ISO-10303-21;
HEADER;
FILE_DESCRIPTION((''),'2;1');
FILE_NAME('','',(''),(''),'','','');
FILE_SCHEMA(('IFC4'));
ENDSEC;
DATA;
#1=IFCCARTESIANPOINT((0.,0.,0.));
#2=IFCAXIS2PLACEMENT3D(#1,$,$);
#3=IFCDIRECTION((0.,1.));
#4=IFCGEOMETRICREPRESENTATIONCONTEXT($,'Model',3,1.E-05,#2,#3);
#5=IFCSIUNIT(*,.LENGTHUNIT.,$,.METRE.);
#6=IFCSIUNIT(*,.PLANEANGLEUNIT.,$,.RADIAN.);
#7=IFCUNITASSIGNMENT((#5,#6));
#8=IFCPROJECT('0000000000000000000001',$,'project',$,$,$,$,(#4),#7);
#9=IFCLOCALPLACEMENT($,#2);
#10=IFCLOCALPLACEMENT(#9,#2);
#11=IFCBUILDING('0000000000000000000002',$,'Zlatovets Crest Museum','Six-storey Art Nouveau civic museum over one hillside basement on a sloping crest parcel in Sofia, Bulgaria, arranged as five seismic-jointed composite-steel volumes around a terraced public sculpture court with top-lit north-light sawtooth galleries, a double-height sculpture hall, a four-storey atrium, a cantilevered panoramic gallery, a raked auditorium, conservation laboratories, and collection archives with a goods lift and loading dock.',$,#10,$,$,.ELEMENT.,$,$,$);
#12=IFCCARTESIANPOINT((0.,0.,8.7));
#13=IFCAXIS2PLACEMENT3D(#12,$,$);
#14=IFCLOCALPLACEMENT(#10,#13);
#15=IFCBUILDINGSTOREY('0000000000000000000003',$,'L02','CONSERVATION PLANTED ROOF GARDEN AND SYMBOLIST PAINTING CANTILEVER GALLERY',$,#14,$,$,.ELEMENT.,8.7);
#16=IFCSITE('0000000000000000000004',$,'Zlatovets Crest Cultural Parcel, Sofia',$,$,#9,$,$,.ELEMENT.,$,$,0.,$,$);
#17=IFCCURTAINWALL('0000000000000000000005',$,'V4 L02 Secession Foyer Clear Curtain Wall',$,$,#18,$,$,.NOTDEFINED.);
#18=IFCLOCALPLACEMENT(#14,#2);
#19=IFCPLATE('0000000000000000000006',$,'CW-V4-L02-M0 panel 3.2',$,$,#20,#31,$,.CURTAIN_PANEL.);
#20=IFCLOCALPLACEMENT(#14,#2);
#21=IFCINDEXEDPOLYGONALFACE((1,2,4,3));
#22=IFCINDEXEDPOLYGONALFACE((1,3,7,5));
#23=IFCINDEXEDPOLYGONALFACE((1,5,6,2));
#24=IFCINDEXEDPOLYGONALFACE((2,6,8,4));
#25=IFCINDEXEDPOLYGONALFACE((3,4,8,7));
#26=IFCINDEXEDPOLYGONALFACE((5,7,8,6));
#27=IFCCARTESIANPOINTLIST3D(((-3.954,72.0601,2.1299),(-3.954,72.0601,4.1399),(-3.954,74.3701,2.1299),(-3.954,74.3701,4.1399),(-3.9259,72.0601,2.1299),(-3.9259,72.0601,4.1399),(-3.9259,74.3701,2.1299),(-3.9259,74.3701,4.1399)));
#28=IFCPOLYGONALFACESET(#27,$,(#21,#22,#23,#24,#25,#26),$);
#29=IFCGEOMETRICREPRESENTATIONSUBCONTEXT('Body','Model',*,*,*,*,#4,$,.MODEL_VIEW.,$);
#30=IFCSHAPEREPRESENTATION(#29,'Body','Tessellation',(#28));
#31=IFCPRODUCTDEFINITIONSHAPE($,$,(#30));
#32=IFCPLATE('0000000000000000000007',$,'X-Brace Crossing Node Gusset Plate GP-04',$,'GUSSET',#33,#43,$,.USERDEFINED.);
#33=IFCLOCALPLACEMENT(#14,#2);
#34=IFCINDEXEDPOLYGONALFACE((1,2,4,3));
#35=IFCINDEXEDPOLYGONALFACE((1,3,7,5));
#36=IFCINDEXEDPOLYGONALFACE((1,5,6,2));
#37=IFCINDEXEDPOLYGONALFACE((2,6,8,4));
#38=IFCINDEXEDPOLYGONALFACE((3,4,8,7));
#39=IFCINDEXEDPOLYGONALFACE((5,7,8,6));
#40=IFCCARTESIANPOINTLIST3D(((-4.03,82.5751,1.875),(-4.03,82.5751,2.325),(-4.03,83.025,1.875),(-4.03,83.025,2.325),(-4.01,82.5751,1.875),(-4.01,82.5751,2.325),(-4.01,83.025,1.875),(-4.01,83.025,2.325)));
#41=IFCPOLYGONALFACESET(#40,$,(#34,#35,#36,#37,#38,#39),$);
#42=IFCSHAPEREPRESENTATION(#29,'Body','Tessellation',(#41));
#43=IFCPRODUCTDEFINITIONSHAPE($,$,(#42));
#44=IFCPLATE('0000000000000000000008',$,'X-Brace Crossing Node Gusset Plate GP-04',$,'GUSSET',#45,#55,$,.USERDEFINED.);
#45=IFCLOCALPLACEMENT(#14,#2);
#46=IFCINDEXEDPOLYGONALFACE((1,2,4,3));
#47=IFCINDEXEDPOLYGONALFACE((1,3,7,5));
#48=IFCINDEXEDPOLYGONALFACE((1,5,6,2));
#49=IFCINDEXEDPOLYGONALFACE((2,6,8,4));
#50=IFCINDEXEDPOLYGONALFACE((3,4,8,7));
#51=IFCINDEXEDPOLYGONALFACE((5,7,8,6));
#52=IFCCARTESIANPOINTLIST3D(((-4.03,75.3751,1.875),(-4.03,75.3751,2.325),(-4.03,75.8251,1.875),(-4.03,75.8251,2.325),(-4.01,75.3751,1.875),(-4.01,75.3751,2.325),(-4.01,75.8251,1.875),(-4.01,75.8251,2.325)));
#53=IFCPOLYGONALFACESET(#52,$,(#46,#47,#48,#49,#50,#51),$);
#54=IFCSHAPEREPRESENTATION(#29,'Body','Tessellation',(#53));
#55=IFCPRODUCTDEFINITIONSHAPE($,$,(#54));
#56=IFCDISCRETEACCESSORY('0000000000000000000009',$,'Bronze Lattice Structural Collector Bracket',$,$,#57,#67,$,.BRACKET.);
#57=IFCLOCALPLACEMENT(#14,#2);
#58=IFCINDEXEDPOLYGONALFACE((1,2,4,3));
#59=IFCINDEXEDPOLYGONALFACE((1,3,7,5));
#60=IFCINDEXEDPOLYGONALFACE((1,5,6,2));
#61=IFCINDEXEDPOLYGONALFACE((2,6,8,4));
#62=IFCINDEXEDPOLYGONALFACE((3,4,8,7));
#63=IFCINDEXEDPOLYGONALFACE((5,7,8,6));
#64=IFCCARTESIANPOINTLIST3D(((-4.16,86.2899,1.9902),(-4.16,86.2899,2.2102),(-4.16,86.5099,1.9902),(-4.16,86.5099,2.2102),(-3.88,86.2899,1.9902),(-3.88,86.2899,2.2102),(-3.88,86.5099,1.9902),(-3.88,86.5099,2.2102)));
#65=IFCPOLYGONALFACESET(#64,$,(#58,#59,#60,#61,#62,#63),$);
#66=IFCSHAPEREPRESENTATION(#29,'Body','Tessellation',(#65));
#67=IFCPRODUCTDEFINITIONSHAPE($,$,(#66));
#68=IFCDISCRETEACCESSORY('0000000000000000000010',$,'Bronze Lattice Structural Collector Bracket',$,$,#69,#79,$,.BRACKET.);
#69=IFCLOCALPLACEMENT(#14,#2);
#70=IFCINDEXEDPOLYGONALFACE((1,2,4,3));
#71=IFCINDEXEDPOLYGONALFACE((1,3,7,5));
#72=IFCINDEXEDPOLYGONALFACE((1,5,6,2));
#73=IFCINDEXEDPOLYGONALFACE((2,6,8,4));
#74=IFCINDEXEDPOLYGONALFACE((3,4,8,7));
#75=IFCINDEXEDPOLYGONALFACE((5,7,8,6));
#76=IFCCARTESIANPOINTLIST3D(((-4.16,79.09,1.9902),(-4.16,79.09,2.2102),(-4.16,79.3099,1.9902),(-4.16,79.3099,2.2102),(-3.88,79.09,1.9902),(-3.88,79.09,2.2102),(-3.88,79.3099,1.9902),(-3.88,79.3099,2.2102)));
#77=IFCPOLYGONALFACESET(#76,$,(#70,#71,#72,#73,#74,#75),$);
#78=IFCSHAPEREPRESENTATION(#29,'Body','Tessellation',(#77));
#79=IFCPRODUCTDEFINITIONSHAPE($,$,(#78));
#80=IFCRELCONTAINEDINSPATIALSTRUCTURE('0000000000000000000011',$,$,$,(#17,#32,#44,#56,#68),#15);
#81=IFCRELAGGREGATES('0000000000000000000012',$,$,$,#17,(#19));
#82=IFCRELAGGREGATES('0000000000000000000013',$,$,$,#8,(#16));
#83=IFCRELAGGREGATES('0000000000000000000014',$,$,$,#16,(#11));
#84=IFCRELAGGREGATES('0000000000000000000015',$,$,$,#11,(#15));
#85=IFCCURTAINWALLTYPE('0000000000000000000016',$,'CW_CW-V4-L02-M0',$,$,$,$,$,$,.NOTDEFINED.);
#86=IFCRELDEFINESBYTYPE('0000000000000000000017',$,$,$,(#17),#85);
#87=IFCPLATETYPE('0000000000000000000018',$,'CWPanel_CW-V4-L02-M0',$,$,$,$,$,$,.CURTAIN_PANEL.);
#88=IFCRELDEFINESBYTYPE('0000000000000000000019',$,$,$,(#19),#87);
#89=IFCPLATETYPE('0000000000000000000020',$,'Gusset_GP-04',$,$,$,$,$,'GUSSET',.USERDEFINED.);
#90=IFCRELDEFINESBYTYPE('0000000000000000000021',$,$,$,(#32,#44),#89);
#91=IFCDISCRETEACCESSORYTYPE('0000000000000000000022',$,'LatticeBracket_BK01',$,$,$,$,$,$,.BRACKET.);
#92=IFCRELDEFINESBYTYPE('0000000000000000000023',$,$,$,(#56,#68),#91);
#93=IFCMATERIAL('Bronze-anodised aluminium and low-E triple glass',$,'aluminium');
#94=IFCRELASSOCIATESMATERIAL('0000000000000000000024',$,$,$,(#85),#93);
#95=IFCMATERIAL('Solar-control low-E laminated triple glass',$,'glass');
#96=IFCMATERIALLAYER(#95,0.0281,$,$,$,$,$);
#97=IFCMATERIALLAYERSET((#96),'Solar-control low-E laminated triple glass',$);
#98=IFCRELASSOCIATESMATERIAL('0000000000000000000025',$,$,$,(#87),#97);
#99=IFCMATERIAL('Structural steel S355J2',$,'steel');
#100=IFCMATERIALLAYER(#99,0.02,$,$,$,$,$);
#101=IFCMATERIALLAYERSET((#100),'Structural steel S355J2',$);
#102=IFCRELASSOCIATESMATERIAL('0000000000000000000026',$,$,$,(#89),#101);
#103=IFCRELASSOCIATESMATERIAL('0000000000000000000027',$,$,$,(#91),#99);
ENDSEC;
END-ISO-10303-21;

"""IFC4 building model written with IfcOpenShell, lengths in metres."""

from ifc_helpers import new_model, si_unit, direction, frame, origin, origin_2d, place, context, subcontext, project, spatial, rectangle, extrude, material, layer, layer_set, type_object, element, aggregate, save


model = new_model("IFC4")

# Units and contexts
model_context = context("Model", 3, precision=1e-05, world=origin(), true_north=direction((0.0, 1.0)))
body_context = subcontext(model_context, "Body", "Model", "MODEL_VIEW")
ifc_project = project(units=[si_unit("LENGTHUNIT", "METRE"), si_unit("PLANEANGLEUNIT", "RADIAN")], contexts=[model_context])

# Site, building, storey
site_placement = place(None, origin())
site = spatial("IfcSite", under=ifc_project, at=site_placement, Name="Zlatovets Crest Cultural Parcel, Sofia", CompositionType="ELEMENT", RefElevation=0.0)
building_placement = place(site_placement, origin())
building = spatial("IfcBuilding", under=site, at=building_placement, Name="Zlatovets Crest Museum", Description="Six-storey Art Nouveau civic museum over one hillside basement on a sloping crest parcel in Sofia, Bulgaria, arranged as five seismic-jointed composite-steel volumes around a terraced public sculpture court with top-lit north-light sawtooth galleries, a double-height sculpture hall, a four-storey atrium, a cantilevered panoramic gallery, a raked auditorium, conservation laboratories, and collection archives with a goods lift and loading dock.", CompositionType="ELEMENT")
storey_placement = place(building_placement, frame((0.0, 0.0, 8.7)))
storey = spatial("IfcBuildingStorey", under=building, at=storey_placement, Name="L02", Description="CONSERVATION PLANTED ROOF GARDEN AND SYMBOLIST PAINTING CANTILEVER GALLERY", CompositionType="ELEMENT", Elevation=8.7)

# Shared definitions
ifc_material_1 = material(Name="Bronze-anodised aluminium and low-E triple glass", Category="aluminium")

# Curtain wall
curtain_wall_type_1 = type_object("IfcCurtainWallType", Name="CW_CW-V4-L02-M0", PredefinedType="NOTDEFINED", material=ifc_material_1)
curtain_wall_1_placement = place(storey_placement, origin())
curtain_wall_1 = element("IfcCurtainWall", 1, at=curtain_wall_1_placement, inside=storey, type_object=curtain_wall_type_1, Name="V4 L02 Secession Foyer Clear Curtain Wall", PredefinedType="NOTDEFINED")

# Plate
ifc_material_2 = material(Name="Solar-control low-E laminated triple glass", Category="glass")
ifc_layer_1 = layer(ifc_material_2, 0.0281)
ifc_layer_set_1 = layer_set([ifc_layer_1], Name="Solar-control low-E laminated triple glass")
plate_type_1 = type_object("IfcPlateType", Name="CWPanel_CW-V4-L02-M0", PredefinedType="CURTAIN_PANEL", material=ifc_layer_set_1)
plate_1_placement = place(storey_placement, frame((-3.9399, 73.2151, 2.1299), z_axis=(0.0, 0.0, 1.0), x_axis=(0.0, -1.0, 0.0)))
plate_1 = element("IfcPlate", 2, at=plate_1_placement, type_object=plate_type_1, Name="CW-V4-L02-M0 panel 3.2", PredefinedType="CURTAIN_PANEL", context=body_context, shape_type="SweptSolid", body=[
    extrude(rectangle(XDim=2.3101, YDim=0.0281, at=origin_2d()), origin(), (0.0, 0.0, 1.0), 2.01),
])
aggregate(curtain_wall_1, [plate_1])

# Plates
ifc_material_3 = material(Name="Structural steel S355J2", Category="steel")
ifc_layer_2 = layer(ifc_material_3, 0.02)
ifc_layer_set_2 = layer_set([ifc_layer_2], Name="Structural steel S355J2")
plate_type_2 = type_object("IfcPlateType", Name="Gusset_GP-04", ElementType="GUSSET", PredefinedType="USERDEFINED", material=ifc_layer_set_2)
for number, where, z_axis, x_axis, name in (
    (3, (-4.02, 82.8, 1.875), (0.0, 0.0, 1.0), (1.0, 0.0, 0.0), "X-Brace Crossing Node Gusset Plate GP-04"),
    (4, (-4.02, 75.6001, 1.875), (0.0, 0.0, 1.0), (1.0, 0.0, 0.0), "X-Brace Crossing Node Gusset Plate GP-04"),
):
    element("IfcPlate", number, at=place(storey_placement, frame(where, z_axis=z_axis, x_axis=x_axis)), inside=storey, type_object=plate_type_2, Name=name, ObjectType="GUSSET", PredefinedType="USERDEFINED", context=body_context, shape_type="SweptSolid", body=[
        extrude(rectangle(XDim=0.02, YDim=0.45, at=origin_2d()), origin(), (0.0, 0.0, 1.0), 0.45),
    ])

# Discrete accessories
discrete_accessory_type = type_object("IfcDiscreteAccessoryType", Name="LatticeBracket_BK01", PredefinedType="BRACKET", material=ifc_material_3)
for number, where, z_axis, x_axis, name in (
    (5, (-4.02, 86.3999, 1.9902), (0.0, 0.0, 1.0), (1.0, 0.0, 0.0), "Bronze Lattice Structural Collector Bracket"),
    (6, (-4.02, 79.2, 1.9902), (0.0, 0.0, 1.0), (1.0, 0.0, 0.0), "Bronze Lattice Structural Collector Bracket"),
):
    element("IfcDiscreteAccessory", number, at=place(storey_placement, frame(where, z_axis=z_axis, x_axis=x_axis)), inside=storey, type_object=discrete_accessory_type, Name=name, PredefinedType="BRACKET", context=body_context, shape_type="SweptSolid", body=[
        extrude(rectangle(XDim=0.28, YDim=0.22, at=origin_2d()), origin(), (0.0, 0.0, 1.0), 0.22),
    ])

save(model, "model.ifc")
